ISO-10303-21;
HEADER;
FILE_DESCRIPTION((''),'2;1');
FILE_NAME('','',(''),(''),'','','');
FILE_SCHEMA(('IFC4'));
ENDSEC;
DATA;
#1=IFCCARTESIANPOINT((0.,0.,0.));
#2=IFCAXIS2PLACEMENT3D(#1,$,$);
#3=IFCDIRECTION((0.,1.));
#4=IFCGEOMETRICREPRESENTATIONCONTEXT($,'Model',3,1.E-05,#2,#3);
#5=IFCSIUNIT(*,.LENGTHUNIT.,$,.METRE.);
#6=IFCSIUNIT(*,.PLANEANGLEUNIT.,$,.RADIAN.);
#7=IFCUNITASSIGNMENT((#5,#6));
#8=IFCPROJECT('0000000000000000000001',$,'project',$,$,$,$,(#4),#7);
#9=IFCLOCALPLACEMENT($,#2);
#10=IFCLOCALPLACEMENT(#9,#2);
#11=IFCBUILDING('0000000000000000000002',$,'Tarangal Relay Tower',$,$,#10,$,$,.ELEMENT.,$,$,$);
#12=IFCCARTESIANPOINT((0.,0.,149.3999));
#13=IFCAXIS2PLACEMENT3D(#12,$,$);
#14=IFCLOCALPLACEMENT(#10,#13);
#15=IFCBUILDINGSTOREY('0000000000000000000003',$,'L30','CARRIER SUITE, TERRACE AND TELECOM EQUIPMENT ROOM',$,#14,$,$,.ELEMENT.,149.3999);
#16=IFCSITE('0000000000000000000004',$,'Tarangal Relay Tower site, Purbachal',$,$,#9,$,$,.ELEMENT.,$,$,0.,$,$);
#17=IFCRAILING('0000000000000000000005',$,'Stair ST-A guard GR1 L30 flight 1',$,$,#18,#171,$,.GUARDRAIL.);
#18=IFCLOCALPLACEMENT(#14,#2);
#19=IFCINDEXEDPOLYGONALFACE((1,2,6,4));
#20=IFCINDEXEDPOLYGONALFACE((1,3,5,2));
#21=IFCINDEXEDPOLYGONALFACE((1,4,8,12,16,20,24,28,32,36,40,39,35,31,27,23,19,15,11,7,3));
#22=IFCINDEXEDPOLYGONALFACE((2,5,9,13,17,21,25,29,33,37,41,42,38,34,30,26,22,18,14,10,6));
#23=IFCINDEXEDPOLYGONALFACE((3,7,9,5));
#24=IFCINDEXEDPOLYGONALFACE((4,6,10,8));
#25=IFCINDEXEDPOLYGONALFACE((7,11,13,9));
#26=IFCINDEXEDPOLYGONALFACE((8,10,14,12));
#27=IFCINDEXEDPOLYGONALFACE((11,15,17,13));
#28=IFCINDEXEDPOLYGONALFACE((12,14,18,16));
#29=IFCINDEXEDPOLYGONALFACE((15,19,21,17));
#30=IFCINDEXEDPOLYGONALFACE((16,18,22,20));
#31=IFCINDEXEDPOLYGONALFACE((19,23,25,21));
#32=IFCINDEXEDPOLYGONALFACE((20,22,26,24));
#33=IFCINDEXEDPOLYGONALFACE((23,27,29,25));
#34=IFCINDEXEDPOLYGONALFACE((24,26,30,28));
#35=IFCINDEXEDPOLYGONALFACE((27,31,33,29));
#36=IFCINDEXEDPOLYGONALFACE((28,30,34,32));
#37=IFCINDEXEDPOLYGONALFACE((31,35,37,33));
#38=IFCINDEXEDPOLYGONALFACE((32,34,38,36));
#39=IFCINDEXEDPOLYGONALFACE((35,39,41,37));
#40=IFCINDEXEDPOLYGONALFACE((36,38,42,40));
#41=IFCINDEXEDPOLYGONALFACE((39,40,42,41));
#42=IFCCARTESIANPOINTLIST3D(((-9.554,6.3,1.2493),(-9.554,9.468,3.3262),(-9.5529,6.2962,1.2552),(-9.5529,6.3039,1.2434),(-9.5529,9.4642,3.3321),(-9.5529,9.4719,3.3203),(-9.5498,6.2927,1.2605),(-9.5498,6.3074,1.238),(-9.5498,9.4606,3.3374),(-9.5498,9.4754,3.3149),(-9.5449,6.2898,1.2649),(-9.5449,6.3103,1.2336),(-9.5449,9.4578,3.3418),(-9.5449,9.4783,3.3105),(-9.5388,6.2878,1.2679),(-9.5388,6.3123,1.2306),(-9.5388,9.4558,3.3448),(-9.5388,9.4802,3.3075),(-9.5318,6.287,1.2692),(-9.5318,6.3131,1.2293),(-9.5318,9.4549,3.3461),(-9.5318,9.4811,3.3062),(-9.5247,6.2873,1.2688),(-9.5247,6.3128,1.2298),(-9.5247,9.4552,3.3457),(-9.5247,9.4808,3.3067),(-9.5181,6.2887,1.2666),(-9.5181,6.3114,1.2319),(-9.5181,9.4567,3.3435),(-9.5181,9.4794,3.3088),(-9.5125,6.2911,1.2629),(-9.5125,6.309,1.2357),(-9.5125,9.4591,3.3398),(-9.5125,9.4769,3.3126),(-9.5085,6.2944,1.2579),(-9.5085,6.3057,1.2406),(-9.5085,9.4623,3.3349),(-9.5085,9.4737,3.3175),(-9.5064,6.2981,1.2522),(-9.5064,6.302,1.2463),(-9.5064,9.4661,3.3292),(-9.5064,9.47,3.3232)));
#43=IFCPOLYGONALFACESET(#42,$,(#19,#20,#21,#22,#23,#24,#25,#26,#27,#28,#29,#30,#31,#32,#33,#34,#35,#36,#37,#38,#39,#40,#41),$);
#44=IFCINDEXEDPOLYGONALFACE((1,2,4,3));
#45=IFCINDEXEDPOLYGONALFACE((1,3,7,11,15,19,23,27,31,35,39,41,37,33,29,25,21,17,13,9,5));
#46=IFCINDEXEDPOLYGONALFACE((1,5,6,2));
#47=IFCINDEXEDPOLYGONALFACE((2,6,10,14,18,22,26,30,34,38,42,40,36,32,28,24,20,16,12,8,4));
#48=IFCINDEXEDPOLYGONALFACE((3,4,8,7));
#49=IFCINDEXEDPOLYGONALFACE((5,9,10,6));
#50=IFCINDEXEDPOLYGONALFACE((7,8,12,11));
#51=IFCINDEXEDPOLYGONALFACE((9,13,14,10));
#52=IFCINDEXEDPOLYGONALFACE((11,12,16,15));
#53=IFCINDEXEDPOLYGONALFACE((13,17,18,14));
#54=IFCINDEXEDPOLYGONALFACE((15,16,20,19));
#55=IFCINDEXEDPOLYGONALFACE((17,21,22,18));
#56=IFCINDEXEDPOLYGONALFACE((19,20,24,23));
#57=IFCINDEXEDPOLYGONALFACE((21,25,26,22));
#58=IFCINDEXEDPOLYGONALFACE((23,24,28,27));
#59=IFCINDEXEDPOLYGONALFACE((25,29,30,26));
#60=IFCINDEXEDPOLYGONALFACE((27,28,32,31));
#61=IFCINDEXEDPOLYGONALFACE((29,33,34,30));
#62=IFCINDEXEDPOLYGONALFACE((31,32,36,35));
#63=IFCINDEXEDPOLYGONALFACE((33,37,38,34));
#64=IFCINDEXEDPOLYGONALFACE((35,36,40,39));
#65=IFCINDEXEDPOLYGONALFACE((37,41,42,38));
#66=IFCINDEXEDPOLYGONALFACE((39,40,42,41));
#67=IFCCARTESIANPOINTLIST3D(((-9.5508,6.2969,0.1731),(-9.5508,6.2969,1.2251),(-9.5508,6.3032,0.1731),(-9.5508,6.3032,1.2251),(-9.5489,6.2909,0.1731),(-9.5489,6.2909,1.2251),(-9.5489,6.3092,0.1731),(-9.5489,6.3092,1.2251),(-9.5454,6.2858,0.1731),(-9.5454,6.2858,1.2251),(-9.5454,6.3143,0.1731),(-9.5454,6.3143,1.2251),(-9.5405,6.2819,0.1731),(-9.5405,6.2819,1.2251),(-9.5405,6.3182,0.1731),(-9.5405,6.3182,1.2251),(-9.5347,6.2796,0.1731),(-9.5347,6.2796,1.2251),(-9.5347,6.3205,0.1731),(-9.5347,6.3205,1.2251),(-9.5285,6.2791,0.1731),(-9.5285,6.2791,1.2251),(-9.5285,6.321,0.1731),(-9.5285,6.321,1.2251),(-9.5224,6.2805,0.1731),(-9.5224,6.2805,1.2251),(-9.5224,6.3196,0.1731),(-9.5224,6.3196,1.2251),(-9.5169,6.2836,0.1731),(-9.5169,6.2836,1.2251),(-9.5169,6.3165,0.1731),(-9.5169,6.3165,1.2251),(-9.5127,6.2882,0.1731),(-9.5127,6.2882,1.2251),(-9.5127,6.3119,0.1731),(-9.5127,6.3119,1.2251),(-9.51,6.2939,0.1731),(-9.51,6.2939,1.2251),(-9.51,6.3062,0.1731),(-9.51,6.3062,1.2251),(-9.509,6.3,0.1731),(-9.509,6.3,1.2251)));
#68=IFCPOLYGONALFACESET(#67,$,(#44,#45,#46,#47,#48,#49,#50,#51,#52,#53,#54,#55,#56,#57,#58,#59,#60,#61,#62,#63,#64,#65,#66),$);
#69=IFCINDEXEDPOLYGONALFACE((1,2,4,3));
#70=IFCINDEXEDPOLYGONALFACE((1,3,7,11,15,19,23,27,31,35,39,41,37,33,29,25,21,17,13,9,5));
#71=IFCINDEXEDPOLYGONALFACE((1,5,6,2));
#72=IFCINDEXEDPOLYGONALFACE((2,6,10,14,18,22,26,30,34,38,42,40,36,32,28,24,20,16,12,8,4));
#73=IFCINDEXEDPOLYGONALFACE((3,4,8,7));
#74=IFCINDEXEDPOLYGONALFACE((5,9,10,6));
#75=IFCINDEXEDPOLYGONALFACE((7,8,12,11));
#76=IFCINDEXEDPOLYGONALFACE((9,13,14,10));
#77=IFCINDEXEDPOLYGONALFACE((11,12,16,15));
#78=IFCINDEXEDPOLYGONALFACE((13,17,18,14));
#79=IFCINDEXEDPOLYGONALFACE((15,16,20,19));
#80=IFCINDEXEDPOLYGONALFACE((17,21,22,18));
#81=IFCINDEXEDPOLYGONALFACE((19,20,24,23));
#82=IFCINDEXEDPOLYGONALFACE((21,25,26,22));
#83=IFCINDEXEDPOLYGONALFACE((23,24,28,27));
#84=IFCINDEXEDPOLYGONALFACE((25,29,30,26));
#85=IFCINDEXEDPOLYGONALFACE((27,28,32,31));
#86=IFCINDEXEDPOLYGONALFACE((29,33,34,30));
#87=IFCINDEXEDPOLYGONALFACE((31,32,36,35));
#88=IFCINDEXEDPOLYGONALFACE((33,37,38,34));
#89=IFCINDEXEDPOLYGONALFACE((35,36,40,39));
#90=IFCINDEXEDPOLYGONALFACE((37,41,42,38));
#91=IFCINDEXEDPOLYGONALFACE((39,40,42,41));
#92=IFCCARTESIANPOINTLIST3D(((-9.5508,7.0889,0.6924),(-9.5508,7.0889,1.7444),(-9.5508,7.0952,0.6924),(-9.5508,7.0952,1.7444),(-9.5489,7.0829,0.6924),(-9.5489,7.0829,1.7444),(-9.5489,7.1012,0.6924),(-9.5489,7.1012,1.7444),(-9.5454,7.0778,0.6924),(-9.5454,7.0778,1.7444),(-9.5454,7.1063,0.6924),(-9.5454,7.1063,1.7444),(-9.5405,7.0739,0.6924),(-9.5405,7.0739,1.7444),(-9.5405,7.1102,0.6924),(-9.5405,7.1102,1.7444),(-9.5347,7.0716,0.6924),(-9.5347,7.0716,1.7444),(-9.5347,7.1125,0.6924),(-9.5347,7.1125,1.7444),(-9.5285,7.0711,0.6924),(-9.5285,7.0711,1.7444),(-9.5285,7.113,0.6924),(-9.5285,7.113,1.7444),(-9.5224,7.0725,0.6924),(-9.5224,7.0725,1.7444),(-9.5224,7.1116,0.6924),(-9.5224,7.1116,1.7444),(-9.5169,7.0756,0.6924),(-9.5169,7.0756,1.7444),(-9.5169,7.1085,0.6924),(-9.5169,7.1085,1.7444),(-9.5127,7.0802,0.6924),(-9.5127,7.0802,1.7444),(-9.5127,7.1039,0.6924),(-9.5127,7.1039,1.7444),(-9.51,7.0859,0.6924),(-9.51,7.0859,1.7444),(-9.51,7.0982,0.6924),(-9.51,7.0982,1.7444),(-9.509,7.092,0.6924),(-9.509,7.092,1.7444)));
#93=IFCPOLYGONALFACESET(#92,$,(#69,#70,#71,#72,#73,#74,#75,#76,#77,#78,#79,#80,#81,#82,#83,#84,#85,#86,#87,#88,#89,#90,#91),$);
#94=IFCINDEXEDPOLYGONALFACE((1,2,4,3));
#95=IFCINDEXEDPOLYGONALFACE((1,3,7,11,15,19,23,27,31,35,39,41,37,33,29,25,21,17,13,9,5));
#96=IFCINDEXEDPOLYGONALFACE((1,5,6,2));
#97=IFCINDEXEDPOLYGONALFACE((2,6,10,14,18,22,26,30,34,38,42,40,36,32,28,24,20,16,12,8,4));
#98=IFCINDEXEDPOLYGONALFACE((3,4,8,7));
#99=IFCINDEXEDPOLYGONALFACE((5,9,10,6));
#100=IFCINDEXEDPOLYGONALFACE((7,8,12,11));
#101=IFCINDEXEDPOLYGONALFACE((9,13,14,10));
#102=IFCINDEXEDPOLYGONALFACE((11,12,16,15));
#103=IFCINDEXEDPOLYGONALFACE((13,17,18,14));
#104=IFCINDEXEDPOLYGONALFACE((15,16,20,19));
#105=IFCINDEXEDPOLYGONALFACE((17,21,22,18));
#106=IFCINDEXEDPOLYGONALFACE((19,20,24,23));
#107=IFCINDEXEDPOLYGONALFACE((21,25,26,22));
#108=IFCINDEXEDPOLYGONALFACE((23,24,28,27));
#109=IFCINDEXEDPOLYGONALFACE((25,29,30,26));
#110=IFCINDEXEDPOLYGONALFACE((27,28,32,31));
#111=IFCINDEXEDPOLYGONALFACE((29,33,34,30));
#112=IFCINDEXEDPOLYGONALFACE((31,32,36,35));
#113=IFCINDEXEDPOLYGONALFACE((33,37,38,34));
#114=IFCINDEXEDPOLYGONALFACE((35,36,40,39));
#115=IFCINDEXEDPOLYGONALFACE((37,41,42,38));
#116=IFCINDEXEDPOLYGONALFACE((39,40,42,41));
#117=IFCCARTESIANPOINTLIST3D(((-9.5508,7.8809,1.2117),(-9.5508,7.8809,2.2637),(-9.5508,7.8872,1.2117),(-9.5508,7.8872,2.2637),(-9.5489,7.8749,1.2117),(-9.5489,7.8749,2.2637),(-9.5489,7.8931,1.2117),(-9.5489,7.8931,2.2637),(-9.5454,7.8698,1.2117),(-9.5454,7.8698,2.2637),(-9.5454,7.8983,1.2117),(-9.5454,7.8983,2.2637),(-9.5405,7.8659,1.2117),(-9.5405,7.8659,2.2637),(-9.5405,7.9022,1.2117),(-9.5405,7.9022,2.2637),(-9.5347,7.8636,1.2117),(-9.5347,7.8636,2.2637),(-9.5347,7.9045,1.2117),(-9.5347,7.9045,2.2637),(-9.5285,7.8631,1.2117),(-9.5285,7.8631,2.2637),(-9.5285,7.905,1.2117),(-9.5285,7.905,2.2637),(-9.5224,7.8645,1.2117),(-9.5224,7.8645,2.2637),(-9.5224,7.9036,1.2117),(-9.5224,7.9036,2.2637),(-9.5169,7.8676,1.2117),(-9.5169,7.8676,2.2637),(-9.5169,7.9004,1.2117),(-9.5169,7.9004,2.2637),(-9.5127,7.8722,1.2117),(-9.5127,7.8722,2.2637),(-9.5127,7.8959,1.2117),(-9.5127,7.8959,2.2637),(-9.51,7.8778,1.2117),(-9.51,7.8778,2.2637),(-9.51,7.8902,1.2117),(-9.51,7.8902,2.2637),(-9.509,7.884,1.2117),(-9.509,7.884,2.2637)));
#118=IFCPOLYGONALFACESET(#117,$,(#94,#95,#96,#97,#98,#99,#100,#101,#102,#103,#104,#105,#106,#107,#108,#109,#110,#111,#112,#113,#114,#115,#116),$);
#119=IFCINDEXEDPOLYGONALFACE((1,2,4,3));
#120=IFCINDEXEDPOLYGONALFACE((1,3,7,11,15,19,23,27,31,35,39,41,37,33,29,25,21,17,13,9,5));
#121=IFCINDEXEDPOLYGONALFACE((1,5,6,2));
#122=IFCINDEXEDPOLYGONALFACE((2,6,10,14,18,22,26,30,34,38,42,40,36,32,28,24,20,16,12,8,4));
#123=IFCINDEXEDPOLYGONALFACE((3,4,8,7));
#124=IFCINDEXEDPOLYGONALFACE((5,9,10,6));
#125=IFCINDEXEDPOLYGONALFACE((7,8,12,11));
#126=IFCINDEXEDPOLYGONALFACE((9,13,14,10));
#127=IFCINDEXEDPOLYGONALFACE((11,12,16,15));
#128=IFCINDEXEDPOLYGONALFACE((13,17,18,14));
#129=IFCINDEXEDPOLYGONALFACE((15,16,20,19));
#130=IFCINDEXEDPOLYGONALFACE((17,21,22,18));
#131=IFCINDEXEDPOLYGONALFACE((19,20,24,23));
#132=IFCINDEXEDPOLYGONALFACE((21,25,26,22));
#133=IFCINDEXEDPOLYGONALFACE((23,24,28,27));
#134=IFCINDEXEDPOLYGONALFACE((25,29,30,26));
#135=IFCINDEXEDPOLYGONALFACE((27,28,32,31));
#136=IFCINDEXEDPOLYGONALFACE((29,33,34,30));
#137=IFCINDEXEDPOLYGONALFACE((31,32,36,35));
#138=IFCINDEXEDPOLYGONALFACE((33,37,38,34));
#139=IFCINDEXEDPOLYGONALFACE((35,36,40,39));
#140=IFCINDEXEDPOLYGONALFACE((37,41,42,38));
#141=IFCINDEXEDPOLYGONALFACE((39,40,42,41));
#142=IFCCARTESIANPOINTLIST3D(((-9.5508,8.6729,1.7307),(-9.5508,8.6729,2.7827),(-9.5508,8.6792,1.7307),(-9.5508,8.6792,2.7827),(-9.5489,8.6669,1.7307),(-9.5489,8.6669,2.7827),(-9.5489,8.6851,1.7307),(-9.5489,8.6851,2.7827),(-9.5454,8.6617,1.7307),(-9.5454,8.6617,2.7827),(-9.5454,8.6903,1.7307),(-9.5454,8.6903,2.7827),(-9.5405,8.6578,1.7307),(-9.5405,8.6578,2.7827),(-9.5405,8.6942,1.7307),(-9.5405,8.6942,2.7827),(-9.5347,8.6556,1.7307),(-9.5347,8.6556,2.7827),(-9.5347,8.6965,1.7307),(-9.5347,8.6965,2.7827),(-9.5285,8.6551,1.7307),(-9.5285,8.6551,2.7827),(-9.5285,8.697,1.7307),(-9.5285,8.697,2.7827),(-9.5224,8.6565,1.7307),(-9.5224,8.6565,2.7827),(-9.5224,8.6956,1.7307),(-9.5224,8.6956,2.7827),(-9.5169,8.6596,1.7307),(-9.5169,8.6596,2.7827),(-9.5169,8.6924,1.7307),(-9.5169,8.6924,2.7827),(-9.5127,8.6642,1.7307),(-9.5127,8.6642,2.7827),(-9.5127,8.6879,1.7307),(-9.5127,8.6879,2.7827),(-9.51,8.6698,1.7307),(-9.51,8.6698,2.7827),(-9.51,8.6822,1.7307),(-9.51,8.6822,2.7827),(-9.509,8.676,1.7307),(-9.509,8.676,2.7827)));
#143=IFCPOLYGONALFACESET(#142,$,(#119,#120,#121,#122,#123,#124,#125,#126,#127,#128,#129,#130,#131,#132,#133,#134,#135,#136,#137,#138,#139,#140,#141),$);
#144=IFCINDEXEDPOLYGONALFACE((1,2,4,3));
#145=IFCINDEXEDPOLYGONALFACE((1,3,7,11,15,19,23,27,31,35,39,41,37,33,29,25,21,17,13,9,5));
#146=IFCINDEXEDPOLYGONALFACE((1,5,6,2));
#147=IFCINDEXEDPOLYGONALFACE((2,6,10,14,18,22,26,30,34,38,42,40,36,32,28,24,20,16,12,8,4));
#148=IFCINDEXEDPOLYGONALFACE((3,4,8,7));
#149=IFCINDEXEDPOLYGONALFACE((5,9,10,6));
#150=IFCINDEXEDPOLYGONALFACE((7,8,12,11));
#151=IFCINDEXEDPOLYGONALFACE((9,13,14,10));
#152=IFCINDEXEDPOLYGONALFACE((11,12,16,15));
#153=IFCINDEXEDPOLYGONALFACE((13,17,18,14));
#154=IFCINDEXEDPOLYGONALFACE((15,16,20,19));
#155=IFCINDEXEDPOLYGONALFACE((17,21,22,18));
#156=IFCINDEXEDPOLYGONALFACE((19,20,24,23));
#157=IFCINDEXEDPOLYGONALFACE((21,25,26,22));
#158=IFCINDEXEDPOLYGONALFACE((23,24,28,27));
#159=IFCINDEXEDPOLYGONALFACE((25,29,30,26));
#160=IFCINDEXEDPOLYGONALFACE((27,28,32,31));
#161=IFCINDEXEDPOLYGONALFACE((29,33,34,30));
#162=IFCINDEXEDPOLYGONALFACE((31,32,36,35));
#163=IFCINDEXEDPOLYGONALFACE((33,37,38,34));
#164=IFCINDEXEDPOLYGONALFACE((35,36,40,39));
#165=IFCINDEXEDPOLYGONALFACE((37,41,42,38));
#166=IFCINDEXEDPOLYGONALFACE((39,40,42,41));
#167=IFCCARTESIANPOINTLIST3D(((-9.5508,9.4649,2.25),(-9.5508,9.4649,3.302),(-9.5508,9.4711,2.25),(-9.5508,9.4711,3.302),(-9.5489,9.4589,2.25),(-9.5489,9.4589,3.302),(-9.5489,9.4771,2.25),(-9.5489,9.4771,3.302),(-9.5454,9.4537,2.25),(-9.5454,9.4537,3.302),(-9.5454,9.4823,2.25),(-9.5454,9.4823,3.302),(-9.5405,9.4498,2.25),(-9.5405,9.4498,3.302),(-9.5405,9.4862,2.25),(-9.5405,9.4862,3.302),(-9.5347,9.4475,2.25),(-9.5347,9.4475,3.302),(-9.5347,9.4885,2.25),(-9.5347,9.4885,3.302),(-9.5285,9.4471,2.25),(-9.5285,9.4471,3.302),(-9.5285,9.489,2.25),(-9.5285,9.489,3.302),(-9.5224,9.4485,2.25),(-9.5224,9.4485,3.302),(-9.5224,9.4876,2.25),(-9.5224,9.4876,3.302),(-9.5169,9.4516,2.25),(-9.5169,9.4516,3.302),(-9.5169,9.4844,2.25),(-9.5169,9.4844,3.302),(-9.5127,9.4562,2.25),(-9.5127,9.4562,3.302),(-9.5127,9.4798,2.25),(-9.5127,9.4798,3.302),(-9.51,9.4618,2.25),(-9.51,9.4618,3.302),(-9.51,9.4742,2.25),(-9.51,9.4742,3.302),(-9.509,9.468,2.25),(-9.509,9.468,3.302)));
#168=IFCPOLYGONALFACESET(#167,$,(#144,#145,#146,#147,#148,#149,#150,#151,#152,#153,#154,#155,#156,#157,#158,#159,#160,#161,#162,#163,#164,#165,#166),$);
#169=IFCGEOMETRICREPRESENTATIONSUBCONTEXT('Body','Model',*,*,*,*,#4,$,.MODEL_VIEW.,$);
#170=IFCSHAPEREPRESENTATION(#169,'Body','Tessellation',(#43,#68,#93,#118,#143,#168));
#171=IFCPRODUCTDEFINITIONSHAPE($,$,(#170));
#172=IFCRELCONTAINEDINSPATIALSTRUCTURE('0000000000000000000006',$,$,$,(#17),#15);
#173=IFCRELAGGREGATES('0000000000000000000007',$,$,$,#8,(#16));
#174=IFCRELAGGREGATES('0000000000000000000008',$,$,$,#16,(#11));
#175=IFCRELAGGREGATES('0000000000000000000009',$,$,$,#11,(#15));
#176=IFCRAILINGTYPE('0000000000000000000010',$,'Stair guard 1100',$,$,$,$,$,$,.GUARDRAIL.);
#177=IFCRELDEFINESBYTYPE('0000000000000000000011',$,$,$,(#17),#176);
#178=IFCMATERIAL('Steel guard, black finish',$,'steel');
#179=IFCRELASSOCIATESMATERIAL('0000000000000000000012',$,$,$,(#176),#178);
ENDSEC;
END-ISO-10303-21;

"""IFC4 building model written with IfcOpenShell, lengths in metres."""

from ifc_helpers import new_model, si_unit, direction, frame, origin, origin_2d, place, context, subcontext, project, spatial, circle, extrude, material, type_object, element, save


model = new_model("IFC4")

# Units and contexts
model_context = context("Model", 3, precision=1e-05, world=origin(), true_north=direction((0.0, 1.0)))
body_context = subcontext(model_context, "Body", "Model", "MODEL_VIEW")
ifc_project = project(units=[si_unit("LENGTHUNIT", "METRE"), si_unit("PLANEANGLEUNIT", "RADIAN")], contexts=[model_context])

# Site, building, storey
site_placement = place(None, origin())
site = spatial("IfcSite", under=ifc_project, at=site_placement, Name="Tarangal Relay Tower site, Purbachal", CompositionType="ELEMENT", RefElevation=0.0)
building_placement = place(site_placement, origin())
building = spatial("IfcBuilding", under=site, at=building_placement, Name="Tarangal Relay Tower", CompositionType="ELEMENT")
storey_placement = place(building_placement, frame((0.0, 0.0, 149.3999)))
storey = spatial("IfcBuildingStorey", under=building, at=storey_placement, Name="L30", Description="CARRIER SUITE, TERRACE AND TELECOM EQUIPMENT ROOM", CompositionType="ELEMENT", Elevation=149.3999)

# Railing
ifc_material_1 = material(Name="Steel guard, black finish", Category="steel")
railing_type = type_object("IfcRailingType", Name="Stair guard 1100", PredefinedType="GUARDRAIL", material=ifc_material_1)
railing_1_placement = place(storey_placement, frame((-9.53, 6.3, 0.1731)))
element("IfcRailing", 1, at=railing_1_placement, inside=storey, type_object=railing_type, Name="Stair ST-A guard GR1 L30 flight 1", PredefinedType="GUARDRAIL", context=body_context, shape_type="SweptSolid", body=[
    extrude(circle(Radius=0.0239, at=origin_2d()), frame((0.0, 0.0, 1.0762), z_axis=(0.0, 0.836299, 0.548273), x_axis=(-1.0, 0.0, 0.0)), (0.0, 0.0, 1.0), 3.7881),
    extrude(circle(Radius=0.021, at=origin_2d()), origin(), (0.0, 0.0, 1.0), 1.052),
    extrude(circle(Radius=0.021, at=origin_2d()), frame((0.0, 0.792, 0.5193)), (0.0, 0.0, 1.0), 1.052),
    extrude(circle(Radius=0.021, at=origin_2d()), frame((0.0, 1.584, 1.0386)), (0.0, 0.0, 1.0), 1.052),
    extrude(circle(Radius=0.021, at=origin_2d()), frame((0.0, 2.376, 1.5576)), (0.0, 0.0, 1.0), 1.052),
    extrude(circle(Radius=0.021, at=origin_2d()), frame((0.0, 3.168, 2.0769)), (0.0, 0.0, 1.0), 1.052),
])

save(model, "model.ifc")
